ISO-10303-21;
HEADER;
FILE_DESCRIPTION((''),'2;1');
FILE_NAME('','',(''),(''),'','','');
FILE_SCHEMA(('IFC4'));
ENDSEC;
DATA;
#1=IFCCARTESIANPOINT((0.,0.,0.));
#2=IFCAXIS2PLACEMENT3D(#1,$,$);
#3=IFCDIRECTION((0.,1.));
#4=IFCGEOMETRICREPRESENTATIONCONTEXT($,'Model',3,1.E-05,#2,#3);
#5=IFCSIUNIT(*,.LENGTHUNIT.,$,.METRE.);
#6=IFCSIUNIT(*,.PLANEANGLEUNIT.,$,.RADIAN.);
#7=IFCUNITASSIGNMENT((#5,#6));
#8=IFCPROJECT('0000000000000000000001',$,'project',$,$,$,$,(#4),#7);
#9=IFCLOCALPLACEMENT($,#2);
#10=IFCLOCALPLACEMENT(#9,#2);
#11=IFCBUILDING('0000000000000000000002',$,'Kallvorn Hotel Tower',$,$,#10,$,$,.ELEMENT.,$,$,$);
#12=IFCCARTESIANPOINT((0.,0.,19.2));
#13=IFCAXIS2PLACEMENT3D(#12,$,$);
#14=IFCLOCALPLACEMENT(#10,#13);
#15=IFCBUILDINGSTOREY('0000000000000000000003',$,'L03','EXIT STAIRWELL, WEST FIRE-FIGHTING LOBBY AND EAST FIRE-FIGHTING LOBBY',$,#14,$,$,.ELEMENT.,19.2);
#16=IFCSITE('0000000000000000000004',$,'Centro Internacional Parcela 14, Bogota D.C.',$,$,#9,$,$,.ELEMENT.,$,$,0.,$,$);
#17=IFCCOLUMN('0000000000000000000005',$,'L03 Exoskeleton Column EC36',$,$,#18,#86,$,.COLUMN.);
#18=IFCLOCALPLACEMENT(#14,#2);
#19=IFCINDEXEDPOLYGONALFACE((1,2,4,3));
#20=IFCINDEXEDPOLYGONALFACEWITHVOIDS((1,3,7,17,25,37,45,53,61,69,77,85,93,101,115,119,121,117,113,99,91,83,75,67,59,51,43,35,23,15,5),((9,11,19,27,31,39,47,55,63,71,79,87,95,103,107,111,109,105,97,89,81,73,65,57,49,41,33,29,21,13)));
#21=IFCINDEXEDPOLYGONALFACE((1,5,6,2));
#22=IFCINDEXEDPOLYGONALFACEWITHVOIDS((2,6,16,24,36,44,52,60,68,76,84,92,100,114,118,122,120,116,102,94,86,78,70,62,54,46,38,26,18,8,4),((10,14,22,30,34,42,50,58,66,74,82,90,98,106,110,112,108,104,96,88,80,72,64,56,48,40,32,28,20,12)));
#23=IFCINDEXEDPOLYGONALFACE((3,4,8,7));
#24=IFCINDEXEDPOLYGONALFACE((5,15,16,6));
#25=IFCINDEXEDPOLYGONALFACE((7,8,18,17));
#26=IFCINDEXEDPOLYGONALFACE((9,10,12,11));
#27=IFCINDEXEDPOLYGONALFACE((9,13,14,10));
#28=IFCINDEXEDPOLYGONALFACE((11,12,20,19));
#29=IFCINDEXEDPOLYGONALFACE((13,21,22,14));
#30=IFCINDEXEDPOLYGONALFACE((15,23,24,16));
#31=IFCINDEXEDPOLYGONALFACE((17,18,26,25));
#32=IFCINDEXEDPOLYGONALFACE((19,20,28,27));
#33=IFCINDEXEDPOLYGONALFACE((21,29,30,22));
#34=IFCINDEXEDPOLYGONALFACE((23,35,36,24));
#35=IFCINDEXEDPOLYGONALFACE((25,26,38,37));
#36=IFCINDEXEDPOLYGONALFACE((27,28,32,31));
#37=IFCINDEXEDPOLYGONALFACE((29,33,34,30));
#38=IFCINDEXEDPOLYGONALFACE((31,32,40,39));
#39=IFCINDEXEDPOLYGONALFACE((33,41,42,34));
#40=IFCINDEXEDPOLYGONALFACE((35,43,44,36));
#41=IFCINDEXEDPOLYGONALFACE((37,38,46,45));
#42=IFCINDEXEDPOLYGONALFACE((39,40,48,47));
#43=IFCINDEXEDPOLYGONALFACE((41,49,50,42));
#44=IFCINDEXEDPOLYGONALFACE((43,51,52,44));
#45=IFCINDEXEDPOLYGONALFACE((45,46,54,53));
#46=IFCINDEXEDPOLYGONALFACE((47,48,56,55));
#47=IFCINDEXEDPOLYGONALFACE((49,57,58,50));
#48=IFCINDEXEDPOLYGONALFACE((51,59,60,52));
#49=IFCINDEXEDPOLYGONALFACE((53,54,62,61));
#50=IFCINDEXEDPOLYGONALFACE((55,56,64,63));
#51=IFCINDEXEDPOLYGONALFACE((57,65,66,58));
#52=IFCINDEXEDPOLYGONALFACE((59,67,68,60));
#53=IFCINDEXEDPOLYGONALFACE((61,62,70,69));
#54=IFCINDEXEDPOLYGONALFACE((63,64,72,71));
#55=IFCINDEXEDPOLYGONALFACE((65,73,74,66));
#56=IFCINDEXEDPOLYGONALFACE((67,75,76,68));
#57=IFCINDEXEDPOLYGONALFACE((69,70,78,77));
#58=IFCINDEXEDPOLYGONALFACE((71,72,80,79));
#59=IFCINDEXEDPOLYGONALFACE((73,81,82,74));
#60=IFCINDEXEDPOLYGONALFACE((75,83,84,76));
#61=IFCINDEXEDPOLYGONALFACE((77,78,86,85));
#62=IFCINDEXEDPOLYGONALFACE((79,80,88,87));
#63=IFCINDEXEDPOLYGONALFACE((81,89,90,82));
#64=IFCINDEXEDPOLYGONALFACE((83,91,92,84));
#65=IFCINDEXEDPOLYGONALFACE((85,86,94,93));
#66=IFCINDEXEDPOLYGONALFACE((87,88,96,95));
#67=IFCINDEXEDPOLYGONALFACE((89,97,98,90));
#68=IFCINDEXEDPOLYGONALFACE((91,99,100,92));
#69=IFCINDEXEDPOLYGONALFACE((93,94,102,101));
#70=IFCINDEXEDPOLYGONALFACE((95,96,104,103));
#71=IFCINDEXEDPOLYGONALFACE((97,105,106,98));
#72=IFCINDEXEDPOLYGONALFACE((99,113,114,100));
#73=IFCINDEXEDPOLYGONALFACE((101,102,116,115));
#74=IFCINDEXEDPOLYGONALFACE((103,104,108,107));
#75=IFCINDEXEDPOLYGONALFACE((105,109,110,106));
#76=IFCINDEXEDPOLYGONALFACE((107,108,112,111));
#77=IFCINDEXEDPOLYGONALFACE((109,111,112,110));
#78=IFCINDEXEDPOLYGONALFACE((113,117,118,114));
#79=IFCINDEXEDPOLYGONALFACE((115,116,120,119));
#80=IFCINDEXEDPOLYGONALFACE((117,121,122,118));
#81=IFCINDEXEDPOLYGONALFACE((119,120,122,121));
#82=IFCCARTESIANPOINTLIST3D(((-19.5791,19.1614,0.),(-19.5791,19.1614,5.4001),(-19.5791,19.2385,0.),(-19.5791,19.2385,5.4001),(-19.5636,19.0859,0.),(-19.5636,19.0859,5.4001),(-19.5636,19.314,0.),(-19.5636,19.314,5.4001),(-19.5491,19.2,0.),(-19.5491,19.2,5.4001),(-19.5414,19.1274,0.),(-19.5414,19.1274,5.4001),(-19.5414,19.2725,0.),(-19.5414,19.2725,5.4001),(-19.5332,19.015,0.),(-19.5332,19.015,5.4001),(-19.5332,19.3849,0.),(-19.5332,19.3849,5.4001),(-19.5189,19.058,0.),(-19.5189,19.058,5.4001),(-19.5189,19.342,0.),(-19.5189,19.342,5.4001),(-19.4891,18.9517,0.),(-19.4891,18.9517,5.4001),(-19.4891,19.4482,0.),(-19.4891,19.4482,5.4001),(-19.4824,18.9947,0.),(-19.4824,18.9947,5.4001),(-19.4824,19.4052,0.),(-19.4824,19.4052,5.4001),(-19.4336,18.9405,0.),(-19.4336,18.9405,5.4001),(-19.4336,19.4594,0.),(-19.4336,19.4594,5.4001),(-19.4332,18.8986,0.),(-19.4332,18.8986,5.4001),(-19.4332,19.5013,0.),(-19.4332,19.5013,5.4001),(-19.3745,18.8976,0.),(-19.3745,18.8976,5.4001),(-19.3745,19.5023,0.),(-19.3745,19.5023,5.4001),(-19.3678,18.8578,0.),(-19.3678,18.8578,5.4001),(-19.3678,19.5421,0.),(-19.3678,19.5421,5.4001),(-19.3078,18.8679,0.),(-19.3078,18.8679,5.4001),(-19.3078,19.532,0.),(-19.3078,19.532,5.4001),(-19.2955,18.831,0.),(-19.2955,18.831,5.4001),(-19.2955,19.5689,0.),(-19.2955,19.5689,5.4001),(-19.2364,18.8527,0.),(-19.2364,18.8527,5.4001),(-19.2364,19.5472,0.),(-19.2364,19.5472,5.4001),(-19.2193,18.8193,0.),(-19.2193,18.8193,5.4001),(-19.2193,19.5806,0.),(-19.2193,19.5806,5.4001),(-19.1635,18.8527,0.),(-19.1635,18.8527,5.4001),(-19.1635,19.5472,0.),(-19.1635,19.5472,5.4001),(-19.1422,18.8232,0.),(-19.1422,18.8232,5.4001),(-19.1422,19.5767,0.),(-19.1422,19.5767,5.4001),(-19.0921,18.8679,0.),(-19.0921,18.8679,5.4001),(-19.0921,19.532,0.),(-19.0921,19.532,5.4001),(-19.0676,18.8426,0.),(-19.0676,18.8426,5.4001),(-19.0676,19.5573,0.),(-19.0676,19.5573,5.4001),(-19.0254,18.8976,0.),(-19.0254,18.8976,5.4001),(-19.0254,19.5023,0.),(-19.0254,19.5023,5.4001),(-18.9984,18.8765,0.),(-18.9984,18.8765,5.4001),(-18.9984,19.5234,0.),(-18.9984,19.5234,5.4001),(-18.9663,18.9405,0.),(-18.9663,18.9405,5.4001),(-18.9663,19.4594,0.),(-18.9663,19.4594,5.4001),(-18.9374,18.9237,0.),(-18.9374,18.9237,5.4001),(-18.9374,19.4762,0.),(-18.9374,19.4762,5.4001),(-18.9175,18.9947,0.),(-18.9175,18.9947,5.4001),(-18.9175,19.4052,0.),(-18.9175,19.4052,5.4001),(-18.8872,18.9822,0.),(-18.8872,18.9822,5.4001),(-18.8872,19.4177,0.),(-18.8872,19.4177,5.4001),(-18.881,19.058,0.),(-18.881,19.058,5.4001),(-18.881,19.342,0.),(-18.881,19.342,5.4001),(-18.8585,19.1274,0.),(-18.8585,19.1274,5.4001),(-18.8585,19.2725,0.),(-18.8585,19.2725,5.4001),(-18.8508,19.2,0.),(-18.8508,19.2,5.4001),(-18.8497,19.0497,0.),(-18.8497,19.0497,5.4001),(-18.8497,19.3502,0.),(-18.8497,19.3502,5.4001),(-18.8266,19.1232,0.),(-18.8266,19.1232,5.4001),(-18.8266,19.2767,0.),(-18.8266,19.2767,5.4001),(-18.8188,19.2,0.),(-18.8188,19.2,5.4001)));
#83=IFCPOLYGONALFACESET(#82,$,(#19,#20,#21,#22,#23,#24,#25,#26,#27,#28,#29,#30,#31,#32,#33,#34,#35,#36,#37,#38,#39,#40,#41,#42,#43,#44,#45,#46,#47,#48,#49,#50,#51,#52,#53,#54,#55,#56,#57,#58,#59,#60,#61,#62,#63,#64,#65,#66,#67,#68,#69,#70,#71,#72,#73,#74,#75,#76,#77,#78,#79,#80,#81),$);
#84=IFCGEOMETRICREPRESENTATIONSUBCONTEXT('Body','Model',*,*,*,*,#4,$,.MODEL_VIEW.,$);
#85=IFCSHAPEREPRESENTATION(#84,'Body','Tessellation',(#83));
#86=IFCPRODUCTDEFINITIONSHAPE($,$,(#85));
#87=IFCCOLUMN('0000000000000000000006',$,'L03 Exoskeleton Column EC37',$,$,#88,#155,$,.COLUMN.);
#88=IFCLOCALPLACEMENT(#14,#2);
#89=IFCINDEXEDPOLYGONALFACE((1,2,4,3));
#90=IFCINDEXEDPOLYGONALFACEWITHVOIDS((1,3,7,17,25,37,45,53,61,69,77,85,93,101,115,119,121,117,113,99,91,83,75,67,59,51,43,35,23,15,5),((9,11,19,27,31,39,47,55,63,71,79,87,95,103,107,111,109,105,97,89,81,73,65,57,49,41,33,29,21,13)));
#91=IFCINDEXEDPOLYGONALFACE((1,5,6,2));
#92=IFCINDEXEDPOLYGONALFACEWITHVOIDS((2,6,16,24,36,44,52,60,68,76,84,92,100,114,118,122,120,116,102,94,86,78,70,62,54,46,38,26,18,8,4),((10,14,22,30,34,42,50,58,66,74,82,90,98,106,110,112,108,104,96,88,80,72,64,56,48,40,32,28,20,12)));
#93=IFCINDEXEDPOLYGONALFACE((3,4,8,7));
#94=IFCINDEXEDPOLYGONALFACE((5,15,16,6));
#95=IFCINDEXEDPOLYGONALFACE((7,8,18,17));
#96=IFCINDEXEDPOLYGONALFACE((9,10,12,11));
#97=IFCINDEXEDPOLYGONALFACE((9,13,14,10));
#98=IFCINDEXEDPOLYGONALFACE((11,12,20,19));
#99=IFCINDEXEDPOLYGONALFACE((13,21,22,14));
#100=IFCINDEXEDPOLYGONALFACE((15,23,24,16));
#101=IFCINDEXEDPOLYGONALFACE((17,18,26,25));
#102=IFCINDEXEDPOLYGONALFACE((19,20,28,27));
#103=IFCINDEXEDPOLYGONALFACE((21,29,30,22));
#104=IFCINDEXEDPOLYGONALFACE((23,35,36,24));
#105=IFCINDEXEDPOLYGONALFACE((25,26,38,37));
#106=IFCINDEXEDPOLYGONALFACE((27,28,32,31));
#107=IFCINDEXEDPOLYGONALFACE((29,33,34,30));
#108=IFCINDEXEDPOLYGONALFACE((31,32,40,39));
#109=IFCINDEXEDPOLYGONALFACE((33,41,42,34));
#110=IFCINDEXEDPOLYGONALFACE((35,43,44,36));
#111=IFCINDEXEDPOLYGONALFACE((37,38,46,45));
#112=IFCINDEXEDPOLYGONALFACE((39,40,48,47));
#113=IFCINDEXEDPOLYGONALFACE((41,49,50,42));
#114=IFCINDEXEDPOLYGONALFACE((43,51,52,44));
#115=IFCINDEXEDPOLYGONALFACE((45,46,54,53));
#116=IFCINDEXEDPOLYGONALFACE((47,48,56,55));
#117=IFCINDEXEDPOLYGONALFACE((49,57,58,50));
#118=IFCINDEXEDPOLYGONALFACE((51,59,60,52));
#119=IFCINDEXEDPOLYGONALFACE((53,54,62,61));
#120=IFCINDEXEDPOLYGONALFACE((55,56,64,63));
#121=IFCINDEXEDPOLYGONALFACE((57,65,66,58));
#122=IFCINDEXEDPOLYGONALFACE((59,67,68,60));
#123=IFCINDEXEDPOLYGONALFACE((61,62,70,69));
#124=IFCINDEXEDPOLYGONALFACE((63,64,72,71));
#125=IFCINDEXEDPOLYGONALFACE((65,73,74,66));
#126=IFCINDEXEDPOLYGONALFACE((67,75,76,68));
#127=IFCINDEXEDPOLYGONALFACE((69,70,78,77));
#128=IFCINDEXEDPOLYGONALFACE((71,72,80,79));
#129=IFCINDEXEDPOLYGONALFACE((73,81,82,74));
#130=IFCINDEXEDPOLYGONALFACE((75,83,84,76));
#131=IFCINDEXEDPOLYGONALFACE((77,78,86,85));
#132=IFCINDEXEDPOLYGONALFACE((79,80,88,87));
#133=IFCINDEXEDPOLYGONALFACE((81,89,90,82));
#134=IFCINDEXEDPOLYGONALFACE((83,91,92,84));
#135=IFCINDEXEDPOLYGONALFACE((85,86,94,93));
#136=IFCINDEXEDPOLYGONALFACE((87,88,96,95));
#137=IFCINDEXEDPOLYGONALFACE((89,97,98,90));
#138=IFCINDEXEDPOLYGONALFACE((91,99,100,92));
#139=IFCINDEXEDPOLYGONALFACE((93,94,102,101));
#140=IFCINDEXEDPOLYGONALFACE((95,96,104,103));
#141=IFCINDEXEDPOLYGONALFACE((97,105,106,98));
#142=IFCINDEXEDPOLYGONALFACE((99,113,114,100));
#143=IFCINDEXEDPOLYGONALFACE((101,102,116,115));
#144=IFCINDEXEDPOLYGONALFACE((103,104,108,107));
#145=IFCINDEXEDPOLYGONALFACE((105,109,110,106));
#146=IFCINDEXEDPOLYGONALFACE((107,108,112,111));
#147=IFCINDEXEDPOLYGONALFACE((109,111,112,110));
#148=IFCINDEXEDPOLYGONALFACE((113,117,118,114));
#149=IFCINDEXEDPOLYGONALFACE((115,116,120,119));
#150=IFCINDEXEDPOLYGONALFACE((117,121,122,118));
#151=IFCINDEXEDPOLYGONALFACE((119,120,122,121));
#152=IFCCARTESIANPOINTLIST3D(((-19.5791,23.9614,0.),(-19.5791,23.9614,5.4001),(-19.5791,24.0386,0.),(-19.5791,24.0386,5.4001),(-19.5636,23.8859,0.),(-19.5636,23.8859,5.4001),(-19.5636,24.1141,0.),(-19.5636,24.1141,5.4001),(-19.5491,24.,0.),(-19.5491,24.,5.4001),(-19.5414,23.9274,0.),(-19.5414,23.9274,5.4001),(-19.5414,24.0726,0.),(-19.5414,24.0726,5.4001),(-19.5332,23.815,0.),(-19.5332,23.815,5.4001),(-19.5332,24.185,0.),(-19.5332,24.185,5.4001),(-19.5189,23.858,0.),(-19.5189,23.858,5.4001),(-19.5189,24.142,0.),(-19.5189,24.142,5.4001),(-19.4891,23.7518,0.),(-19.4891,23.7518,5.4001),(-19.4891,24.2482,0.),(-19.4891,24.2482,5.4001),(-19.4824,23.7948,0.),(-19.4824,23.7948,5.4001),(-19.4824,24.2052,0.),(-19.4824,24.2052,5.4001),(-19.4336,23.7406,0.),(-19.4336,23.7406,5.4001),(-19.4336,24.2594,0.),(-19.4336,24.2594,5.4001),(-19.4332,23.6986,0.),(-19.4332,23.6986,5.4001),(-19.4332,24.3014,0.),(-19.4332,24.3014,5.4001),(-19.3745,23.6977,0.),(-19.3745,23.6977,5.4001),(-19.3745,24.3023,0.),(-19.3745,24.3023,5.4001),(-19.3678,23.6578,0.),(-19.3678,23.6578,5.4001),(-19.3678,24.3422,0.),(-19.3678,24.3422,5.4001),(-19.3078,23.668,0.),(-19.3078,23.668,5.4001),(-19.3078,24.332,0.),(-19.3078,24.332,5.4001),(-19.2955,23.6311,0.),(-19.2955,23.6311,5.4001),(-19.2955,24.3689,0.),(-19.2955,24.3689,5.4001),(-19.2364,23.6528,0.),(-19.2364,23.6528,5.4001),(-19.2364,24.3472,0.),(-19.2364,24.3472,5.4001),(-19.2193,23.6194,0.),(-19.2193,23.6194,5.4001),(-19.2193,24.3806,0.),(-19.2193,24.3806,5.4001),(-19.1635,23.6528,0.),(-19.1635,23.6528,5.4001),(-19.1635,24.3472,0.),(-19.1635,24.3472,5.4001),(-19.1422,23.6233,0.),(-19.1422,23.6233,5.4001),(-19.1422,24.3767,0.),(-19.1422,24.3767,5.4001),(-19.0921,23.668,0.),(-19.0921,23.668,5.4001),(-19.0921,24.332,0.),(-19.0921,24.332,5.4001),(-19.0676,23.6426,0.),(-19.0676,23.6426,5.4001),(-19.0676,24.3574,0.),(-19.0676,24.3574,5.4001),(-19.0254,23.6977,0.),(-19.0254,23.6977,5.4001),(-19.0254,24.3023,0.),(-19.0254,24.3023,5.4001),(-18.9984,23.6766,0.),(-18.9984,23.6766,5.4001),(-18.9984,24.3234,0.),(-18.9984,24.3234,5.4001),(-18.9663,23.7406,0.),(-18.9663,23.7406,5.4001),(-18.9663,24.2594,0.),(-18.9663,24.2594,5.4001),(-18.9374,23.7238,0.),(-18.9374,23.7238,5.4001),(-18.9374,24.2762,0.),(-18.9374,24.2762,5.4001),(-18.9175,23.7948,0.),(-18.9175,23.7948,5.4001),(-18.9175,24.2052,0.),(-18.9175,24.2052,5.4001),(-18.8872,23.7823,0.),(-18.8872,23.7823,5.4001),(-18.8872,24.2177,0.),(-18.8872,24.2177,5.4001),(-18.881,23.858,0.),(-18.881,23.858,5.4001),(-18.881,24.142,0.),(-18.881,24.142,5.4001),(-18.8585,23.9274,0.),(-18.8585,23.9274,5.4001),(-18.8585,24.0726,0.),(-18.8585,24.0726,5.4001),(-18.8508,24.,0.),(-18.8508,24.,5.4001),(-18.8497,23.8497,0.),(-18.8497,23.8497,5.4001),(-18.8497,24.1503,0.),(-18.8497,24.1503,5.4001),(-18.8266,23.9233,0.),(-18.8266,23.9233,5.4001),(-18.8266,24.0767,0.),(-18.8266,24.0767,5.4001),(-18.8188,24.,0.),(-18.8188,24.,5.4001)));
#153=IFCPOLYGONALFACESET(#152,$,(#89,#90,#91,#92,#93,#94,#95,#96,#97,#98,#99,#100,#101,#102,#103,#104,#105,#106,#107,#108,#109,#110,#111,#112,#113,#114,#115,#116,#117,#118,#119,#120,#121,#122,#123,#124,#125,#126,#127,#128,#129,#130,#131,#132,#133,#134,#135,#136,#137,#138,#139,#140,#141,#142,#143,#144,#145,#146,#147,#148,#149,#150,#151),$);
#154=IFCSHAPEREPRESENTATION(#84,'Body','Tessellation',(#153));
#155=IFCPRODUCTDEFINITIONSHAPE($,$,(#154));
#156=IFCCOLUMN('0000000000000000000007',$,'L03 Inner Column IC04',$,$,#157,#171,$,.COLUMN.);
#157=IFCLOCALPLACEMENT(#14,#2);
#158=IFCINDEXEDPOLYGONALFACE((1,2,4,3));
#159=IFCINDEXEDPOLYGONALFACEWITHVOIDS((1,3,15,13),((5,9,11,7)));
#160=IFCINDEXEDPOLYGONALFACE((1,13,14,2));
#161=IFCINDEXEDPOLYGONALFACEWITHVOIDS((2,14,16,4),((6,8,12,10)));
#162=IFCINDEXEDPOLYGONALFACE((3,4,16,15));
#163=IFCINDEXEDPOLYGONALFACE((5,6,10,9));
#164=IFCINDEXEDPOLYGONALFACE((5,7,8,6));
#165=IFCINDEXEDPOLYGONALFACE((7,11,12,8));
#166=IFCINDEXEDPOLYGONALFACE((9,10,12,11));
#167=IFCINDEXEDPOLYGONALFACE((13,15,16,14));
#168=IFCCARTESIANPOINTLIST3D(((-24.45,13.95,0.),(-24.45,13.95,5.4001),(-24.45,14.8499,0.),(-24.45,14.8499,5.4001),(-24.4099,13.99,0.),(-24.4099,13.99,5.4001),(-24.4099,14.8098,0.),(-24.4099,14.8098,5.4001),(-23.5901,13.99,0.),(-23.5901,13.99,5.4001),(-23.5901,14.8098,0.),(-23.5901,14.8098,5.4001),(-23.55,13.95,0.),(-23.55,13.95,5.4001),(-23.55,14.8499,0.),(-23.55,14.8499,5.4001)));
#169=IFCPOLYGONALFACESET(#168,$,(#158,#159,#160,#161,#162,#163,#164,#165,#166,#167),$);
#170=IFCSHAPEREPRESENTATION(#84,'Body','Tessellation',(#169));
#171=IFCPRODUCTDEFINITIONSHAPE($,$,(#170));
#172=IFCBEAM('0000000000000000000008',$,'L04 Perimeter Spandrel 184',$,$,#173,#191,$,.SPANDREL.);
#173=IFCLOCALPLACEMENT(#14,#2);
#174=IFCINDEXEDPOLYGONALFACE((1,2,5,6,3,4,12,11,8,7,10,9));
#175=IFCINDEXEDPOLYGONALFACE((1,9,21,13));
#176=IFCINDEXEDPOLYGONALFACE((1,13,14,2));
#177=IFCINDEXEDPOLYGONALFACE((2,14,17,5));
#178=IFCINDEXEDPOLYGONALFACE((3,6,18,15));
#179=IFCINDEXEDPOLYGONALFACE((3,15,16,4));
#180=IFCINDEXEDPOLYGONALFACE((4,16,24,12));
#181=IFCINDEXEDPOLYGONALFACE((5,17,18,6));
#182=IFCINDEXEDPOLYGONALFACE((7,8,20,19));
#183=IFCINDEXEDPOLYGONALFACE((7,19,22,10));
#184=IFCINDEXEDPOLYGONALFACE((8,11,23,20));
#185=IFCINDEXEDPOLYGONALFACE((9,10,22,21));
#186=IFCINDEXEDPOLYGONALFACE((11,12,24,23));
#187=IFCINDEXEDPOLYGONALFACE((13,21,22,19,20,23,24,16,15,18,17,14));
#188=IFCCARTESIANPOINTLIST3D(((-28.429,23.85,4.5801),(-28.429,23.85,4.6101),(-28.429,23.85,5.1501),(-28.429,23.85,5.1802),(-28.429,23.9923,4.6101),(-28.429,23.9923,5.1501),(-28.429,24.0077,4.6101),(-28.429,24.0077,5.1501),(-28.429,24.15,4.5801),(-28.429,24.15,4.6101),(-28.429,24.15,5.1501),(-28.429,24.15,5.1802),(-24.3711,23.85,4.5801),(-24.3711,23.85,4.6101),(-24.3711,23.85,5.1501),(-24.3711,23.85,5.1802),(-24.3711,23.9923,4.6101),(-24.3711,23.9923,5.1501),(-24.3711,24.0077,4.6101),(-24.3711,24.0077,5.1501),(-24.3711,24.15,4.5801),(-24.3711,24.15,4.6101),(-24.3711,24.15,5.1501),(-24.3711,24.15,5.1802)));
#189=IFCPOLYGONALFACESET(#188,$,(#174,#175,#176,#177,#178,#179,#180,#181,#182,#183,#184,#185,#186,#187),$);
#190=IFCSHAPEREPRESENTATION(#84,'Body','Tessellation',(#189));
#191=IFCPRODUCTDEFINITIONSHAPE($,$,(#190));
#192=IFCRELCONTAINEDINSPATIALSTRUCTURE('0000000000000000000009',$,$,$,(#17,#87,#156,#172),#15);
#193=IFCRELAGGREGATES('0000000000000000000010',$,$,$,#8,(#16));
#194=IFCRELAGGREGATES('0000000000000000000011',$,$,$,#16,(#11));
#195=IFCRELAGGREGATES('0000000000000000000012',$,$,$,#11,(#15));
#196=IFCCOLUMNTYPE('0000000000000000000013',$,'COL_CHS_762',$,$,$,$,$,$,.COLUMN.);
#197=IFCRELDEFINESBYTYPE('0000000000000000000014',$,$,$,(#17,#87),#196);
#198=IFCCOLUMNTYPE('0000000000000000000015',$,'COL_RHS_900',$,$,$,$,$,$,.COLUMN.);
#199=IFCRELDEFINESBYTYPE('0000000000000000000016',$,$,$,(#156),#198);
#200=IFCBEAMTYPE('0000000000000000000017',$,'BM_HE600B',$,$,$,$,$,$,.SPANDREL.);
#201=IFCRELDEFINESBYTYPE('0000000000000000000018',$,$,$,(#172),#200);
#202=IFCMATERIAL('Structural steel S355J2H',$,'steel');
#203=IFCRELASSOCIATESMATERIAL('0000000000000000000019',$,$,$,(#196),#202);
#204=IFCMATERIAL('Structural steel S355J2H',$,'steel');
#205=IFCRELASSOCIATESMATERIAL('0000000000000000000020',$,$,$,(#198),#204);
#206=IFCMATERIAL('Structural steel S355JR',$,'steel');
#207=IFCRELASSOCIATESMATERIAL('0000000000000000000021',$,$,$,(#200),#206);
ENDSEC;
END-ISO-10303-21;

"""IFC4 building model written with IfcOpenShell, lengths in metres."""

from ifc_helpers import new_model, si_unit, direction, frame, origin, origin_2d, place, context, subcontext, project, spatial, hollow_rectangle, hollow_circle, i_section, extrude, material, material_profile, profile_set, type_object, element, save


model = new_model("IFC4")

# Units and contexts
model_context = context("Model", 3, precision=1e-05, world=origin(), true_north=direction((0.0, 1.0)))
body_context = subcontext(model_context, "Body", "Model", "MODEL_VIEW")
ifc_project = project(units=[si_unit("LENGTHUNIT", "METRE"), si_unit("PLANEANGLEUNIT", "RADIAN")], contexts=[model_context])

# Site, building, storey
site_placement = place(None, origin())
site = spatial("IfcSite", under=ifc_project, at=site_placement, Name="Centro Internacional Parcela 14, Bogota D.C.", CompositionType="ELEMENT", RefElevation=0.0)
building_placement = place(site_placement, origin())
building = spatial("IfcBuilding", under=site, at=building_placement, Name="Kallvorn Hotel Tower", CompositionType="ELEMENT")
storey_placement = place(building_placement, frame((0.0, 0.0, 19.2)))
storey = spatial("IfcBuildingStorey", under=building, at=storey_placement, Name="L03", Description="EXIT STAIRWELL, WEST FIRE-FIGHTING LOBBY AND EAST FIRE-FIGHTING LOBBY", CompositionType="ELEMENT", Elevation=19.2)

# Columns
ifc_material_1 = material(Name="Structural steel S355J2H", Category="steel")
ifc_material_profile_1 = material_profile(ifc_material_1, hollow_circle(Radius=0.3811, WallThickness=0.032, at=origin_2d()), Name="CHS 762x32")
ifc_profile_set_1 = profile_set([ifc_material_profile_1], Name="Structural steel S355J2H")
column_type_1 = type_object("IfcColumnType", Name="COL_CHS_762", PredefinedType="COLUMN", material=ifc_profile_set_1)
for number, where, z_axis, x_axis, name in (
    (1, (-19.2, 19.2, 0.0), (0.0, 0.0, 1.0), (1.0, 0.0, 0.0), "L03 Exoskeleton Column EC36"),
    (2, (-19.2, 24.0, 0.0), (0.0, 0.0, 1.0), (1.0, 0.0, 0.0), "L03 Exoskeleton Column EC37"),
):
    element("IfcColumn", number, at=place(storey_placement, frame(where, z_axis=z_axis, x_axis=x_axis)), inside=storey, type_object=column_type_1, Name=name, PredefinedType="COLUMN", context=body_context, shape_type="SweptSolid", body=[
        extrude(hollow_circle(Radius=0.3811, WallThickness=0.032, at=origin_2d()), origin(), (0.0, 0.0, 1.0), 5.4001),
    ])
ifc_material_2 = material(Name="Structural steel S355J2H", Category="steel")
ifc_material_profile_2 = material_profile(ifc_material_2, hollow_rectangle(XDim=0.8999, YDim=0.8999, WallThickness=0.04, at=origin_2d()), Name="RHS 900x900x40")
ifc_profile_set_2 = profile_set([ifc_material_profile_2], Name="Structural steel S355J2H")
column_type_2 = type_object("IfcColumnType", Name="COL_RHS_900", PredefinedType="COLUMN", material=ifc_profile_set_2)
column_placement = place(storey_placement, frame((-24.0, 14.3999, 0.0), z_axis=(0.0, 0.0, 1.0), x_axis=(1.0, 0.0, 0.0)))
element("IfcColumn", 3, at=column_placement, inside=storey, type_object=column_type_2, Name="L03 Inner Column IC04", PredefinedType="COLUMN", context=body_context, shape_type="SweptSolid", body=[
    extrude(hollow_rectangle(XDim=0.8999, YDim=0.8999, WallThickness=0.04, at=origin_2d()), origin(), (0.0, 0.0, 1.0), 5.4001),
])

# Beam
ifc_material_3 = material(Name="Structural steel S355JR", Category="steel")
ifc_material_profile_3 = material_profile(ifc_material_3, i_section(OverallWidth=0.3, OverallDepth=0.6001, WebThickness=0.0154, FlangeThickness=0.03, at=origin_2d()), Name="HE 600 B")
ifc_profile_set_3 = profile_set([ifc_material_profile_3], Name="Structural steel S355JR")
beam_type_1 = type_object("IfcBeamType", Name="BM_HE600B", PredefinedType="SPANDREL", material=ifc_profile_set_3)
for number, where, z_axis, x_axis, name in (
    (4, (-28.429, 24.0, 4.8801), (1.0, 0.0, 0.0), (0.0, 1.0, 0.0), "L04 Perimeter Spandrel 184"),
):
    element("IfcBeam", number, at=place(storey_placement, frame(where, z_axis=z_axis, x_axis=x_axis)), inside=storey, type_object=beam_type_1, Name=name, PredefinedType="SPANDREL", context=body_context, shape_type="SweptSolid", body=[
        extrude(i_section(OverallWidth=0.3, OverallDepth=0.6001, WebThickness=0.0154, FlangeThickness=0.03, at=origin_2d()), origin(), (0.0, 0.0, 1.0), 4.0579),
    ])

save(model, "model.ifc")
